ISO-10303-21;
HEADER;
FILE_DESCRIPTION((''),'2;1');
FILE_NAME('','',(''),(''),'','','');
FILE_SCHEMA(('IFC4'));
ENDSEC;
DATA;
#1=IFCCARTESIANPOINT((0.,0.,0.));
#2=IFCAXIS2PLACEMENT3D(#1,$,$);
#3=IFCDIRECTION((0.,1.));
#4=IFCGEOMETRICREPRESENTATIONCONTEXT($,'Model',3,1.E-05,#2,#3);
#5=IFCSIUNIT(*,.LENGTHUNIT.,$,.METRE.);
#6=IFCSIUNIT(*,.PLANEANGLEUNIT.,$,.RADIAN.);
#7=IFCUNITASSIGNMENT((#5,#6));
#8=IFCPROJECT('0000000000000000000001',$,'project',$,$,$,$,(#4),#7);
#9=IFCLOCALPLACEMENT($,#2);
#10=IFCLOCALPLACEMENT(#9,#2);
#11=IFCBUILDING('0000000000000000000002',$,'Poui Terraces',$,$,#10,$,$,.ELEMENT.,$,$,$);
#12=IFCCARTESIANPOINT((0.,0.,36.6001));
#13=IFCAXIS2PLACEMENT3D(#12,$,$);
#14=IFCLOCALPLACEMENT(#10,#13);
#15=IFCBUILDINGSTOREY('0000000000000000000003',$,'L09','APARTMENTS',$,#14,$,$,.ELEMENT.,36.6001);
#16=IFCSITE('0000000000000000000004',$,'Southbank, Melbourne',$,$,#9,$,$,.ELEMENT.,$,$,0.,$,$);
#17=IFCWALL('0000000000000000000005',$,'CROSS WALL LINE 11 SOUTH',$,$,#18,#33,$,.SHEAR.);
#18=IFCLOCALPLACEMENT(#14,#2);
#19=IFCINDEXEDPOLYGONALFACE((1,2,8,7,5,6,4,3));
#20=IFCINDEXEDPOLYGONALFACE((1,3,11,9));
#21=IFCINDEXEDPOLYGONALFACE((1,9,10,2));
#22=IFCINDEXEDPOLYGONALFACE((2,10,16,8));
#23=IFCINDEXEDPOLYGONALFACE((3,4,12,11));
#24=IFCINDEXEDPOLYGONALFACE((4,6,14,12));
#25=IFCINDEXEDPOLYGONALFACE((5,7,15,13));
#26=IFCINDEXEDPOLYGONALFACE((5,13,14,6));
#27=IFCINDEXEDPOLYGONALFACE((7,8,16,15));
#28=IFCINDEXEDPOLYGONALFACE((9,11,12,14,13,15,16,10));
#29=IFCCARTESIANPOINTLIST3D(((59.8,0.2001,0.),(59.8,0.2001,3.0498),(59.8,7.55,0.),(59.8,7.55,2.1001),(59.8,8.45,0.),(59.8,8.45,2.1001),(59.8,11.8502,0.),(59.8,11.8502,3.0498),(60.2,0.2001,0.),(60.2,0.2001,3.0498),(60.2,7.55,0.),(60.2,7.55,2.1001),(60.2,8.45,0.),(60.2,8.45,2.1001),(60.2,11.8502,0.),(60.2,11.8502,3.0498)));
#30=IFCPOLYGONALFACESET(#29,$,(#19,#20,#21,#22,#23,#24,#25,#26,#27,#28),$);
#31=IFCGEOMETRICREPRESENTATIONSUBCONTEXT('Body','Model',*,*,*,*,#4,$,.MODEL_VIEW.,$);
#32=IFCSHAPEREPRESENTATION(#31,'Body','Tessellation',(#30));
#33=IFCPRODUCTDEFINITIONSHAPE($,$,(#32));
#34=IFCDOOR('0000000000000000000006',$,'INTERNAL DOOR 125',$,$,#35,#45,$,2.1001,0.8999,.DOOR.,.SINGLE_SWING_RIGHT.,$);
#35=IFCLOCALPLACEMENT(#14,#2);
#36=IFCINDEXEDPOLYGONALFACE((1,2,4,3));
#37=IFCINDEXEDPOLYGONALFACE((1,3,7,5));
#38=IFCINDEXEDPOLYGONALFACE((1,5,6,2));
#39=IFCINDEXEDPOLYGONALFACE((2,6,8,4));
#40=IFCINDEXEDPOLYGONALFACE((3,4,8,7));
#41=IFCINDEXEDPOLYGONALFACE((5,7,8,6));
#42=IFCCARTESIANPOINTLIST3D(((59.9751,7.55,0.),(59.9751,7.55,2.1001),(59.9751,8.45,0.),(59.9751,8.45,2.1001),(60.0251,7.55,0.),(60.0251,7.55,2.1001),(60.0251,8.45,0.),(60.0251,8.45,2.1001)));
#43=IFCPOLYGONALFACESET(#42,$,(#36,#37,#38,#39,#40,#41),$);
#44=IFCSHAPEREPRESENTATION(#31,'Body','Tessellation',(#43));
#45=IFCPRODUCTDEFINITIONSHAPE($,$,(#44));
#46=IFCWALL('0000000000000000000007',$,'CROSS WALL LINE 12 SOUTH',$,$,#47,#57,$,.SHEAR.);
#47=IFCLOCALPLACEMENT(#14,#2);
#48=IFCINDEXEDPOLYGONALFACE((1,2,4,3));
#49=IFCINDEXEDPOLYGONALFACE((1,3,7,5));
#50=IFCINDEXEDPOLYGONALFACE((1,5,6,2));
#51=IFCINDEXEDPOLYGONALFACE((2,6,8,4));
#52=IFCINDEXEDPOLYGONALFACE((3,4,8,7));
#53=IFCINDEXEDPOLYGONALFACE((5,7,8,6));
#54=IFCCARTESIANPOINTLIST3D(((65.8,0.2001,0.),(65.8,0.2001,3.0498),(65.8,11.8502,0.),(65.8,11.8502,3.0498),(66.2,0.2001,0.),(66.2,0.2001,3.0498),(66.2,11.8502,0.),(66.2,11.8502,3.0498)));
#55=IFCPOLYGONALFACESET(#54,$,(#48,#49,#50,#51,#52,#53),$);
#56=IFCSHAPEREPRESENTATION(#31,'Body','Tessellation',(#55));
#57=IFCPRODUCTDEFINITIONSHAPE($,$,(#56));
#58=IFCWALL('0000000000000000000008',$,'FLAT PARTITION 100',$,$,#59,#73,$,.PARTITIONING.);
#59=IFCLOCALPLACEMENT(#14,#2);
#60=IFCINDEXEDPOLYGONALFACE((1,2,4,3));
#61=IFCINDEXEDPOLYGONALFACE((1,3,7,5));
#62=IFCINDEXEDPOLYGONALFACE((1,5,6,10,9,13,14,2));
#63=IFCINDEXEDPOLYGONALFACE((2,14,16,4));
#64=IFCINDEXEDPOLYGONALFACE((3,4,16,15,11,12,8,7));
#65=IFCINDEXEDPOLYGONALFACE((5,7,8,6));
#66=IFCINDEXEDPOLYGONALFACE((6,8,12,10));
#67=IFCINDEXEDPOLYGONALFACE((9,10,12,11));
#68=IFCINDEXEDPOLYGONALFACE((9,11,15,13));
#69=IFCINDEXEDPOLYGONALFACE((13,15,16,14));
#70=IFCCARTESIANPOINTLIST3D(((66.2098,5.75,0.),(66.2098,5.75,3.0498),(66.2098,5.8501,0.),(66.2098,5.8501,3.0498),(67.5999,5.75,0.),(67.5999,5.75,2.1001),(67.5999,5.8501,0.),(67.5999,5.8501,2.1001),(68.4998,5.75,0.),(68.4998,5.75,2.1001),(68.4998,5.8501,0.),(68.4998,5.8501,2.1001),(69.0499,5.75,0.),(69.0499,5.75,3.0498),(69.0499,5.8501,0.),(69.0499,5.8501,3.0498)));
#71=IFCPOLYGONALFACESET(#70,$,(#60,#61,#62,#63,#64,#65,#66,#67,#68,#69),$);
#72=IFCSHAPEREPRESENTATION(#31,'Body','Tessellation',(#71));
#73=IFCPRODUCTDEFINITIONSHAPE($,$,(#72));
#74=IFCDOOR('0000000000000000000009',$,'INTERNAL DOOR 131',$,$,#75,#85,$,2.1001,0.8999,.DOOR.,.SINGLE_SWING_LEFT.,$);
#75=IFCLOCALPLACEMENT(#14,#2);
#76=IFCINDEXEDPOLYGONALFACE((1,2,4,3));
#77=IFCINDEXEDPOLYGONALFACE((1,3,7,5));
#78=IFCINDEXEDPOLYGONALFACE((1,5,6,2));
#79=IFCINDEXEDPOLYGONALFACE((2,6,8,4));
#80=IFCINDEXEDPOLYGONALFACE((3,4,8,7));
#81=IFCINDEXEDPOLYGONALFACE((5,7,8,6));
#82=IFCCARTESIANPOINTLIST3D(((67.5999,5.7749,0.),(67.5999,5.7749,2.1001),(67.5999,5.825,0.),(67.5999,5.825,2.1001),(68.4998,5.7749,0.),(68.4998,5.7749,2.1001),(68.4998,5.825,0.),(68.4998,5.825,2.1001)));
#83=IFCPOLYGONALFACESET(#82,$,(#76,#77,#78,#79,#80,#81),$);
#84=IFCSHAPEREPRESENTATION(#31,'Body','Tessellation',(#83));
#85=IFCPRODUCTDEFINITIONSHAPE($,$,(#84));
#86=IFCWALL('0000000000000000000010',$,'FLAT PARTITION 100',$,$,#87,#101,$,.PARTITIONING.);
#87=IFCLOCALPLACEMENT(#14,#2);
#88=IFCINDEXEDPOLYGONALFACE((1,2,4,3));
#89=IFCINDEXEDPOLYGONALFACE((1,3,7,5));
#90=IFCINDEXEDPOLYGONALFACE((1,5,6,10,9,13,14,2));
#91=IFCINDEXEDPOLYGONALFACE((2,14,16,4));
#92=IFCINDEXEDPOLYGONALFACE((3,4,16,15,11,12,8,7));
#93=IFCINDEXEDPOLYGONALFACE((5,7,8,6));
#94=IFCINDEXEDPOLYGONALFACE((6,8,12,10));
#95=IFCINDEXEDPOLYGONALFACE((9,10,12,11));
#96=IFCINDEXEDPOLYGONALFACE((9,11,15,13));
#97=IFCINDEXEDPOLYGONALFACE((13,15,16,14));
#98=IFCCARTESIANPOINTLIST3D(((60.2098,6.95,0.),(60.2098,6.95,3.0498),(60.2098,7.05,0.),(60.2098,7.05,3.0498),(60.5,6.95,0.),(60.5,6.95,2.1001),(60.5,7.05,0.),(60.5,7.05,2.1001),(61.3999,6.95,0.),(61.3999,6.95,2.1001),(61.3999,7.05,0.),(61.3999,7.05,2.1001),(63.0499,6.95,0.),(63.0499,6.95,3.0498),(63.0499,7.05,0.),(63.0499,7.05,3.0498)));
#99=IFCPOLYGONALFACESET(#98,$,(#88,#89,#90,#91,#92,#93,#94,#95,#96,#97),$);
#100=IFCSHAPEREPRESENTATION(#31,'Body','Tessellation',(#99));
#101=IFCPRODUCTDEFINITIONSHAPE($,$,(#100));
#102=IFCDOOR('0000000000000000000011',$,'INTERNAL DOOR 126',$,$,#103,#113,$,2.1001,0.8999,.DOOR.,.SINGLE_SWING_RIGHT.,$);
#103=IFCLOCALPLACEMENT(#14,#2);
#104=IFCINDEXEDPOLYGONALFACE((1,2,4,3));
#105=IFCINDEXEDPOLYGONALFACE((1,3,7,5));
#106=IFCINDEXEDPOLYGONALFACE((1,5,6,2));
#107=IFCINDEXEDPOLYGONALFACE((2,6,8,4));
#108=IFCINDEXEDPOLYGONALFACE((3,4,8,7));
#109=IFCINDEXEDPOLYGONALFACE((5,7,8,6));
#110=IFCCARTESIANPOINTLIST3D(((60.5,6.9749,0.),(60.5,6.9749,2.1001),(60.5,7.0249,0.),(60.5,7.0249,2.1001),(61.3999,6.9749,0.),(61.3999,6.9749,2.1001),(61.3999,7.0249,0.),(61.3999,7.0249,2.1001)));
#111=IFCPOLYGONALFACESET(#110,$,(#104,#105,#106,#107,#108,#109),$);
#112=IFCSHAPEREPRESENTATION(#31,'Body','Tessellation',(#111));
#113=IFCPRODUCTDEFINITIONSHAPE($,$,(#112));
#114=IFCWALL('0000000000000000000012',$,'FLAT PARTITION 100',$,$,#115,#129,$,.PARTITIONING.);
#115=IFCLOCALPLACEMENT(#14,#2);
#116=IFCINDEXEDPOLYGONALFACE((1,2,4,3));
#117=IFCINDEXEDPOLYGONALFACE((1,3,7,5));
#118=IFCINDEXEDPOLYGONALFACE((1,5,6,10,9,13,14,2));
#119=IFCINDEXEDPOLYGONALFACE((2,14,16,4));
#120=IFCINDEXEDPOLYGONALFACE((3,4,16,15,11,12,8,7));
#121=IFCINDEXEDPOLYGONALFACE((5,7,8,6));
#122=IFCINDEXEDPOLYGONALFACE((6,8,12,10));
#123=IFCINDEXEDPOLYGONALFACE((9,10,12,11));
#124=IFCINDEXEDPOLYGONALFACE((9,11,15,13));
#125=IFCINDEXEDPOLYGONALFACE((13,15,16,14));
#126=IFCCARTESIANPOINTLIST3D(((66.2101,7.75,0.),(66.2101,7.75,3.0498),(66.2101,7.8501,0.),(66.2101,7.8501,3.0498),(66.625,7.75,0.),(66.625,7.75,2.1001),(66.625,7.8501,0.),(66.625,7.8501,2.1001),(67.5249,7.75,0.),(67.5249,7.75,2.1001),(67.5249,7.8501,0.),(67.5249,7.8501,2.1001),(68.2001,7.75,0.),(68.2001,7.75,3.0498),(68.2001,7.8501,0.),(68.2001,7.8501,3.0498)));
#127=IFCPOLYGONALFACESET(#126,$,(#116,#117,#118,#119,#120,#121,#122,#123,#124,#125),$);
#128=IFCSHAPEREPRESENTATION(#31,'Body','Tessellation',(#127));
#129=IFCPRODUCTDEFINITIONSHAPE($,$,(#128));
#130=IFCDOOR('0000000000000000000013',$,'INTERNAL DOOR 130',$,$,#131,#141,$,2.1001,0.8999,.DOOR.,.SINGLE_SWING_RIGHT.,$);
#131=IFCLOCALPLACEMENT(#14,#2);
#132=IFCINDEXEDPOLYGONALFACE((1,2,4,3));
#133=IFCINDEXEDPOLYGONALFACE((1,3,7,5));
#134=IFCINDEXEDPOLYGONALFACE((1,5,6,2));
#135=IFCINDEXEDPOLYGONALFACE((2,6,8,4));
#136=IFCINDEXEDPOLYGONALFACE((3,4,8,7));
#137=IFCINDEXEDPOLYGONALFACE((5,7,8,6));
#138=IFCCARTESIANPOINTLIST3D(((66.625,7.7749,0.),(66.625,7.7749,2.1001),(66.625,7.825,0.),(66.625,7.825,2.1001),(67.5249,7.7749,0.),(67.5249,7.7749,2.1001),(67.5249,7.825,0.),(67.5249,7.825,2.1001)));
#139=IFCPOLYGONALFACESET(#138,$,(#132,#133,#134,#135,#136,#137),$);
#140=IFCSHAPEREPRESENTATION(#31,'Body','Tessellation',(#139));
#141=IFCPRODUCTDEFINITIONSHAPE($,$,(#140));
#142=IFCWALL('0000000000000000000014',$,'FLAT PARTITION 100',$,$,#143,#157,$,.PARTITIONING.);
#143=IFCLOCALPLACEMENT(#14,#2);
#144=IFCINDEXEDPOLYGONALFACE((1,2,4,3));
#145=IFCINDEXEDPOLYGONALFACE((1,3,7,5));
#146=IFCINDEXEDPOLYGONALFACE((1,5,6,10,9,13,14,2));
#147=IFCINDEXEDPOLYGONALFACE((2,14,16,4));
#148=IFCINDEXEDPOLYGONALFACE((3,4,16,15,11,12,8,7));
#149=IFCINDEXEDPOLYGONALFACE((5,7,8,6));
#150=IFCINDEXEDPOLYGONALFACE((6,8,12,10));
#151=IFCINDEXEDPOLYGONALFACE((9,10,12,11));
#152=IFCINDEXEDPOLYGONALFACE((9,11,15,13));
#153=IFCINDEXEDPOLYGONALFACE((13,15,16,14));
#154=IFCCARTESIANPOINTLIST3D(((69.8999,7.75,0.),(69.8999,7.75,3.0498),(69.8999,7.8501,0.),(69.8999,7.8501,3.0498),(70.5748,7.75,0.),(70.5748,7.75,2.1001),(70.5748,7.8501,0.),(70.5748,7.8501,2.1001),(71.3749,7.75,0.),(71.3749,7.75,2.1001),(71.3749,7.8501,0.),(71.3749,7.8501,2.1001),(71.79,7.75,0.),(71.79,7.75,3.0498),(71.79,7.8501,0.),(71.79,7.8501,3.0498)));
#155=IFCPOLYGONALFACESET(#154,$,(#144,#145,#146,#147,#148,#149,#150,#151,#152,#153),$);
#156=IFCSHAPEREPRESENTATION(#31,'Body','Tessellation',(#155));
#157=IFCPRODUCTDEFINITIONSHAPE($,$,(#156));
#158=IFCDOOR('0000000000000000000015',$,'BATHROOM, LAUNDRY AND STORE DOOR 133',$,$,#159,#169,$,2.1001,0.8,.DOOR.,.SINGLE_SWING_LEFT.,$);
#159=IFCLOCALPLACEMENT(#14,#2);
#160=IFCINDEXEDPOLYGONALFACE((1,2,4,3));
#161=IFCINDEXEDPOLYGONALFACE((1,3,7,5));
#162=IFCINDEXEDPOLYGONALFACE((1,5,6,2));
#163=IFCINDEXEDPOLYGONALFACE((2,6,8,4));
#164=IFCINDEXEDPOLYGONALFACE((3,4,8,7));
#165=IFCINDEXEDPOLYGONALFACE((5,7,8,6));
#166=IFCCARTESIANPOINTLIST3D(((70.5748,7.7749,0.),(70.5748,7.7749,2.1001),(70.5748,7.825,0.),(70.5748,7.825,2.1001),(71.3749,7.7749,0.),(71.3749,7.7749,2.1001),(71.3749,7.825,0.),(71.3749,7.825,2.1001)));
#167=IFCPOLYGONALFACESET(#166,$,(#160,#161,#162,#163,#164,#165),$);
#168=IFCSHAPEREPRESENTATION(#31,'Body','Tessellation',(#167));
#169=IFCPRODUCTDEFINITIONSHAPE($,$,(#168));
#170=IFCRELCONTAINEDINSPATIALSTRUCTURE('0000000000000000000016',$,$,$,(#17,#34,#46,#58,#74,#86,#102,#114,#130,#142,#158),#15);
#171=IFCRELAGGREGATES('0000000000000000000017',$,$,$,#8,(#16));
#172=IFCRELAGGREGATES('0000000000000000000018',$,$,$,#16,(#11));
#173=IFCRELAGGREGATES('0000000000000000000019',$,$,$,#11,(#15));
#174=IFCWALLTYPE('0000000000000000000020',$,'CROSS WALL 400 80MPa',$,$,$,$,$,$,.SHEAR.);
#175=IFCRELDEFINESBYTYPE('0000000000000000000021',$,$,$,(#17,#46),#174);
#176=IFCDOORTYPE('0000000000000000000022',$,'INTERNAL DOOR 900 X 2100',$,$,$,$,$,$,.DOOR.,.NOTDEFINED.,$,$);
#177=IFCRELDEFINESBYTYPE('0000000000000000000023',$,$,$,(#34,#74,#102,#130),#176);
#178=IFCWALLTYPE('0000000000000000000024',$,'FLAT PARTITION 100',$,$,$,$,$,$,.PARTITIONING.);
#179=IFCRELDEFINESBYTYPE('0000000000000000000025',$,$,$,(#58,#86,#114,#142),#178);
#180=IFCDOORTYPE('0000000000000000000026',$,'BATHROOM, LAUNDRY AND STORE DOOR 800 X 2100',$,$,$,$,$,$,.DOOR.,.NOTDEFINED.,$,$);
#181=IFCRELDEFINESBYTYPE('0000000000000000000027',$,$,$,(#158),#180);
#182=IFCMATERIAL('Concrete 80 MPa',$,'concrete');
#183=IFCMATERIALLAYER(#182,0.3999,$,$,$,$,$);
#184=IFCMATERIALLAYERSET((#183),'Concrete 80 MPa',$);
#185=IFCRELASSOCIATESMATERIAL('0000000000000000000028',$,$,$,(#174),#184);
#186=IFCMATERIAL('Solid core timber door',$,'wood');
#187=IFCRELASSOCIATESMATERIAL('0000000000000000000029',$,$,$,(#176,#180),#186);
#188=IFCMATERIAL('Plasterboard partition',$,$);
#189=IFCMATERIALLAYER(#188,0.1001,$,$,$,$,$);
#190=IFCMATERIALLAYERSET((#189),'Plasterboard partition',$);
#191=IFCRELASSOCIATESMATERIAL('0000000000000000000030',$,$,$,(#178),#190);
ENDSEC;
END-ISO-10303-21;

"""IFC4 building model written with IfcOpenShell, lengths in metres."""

from ifc_helpers import new_model, si_unit, direction, frame, frame_2d, origin, place, context, subcontext, project, spatial, rectangle, extrude, material, layer, layer_set, type_object, element, fill, save


model = new_model("IFC4")

# Units and contexts
model_context = context("Model", 3, precision=1e-05, world=origin(), true_north=direction((0.0, 1.0)))
body_context = subcontext(model_context, "Body", "Model", "MODEL_VIEW")
ifc_project = project(units=[si_unit("LENGTHUNIT", "METRE"), si_unit("PLANEANGLEUNIT", "RADIAN")], contexts=[model_context])

# Site, building, storey
site_placement = place(None, origin())
site = spatial("IfcSite", under=ifc_project, at=site_placement, Name="Southbank, Melbourne", CompositionType="ELEMENT", RefElevation=0.0)
building_placement = place(site_placement, origin())
building = spatial("IfcBuilding", under=site, at=building_placement, Name="Poui Terraces", CompositionType="ELEMENT")
storey_placement = place(building_placement, frame((0.0, 0.0, 36.6001)))
storey = spatial("IfcBuildingStorey", under=building, at=storey_placement, Name="L09", Description="APARTMENTS", CompositionType="ELEMENT", Elevation=36.6001)

# Wall, opening, door
ifc_material_1 = material(Name="Concrete 80 MPa", Category="concrete")
ifc_layer_1 = layer(ifc_material_1, 0.3999)
ifc_layer_set_1 = layer_set([ifc_layer_1], Name="Concrete 80 MPa")
wall_type_1 = type_object("IfcWallType", Name="CROSS WALL 400 80MPa", PredefinedType="SHEAR", material=ifc_layer_set_1)
wall_1_placement = place(storey_placement, frame((60.0, 0.2, 0.0), z_axis=(0.0, 0.0, 1.0), x_axis=(0.0, 1.0, 0.0)))
wall_1 = element("IfcWall", 1, at=wall_1_placement, inside=storey, type_object=wall_type_1, Name="CROSS WALL LINE 11 SOUTH", PredefinedType="SHEAR", context=body_context, shape_type="SweptSolid", body=[
    extrude(rectangle(XDim=11.6501, YDim=0.3999, at=frame_2d((5.8252, 0.0))), origin(), (0.0, 0.0, 1.0), 3.0498),
])
opening_1_placement = place(wall_1_placement, frame((7.3501, 0.0, 0.0)))
opening_1 = element("IfcOpeningElement", 2, at=opening_1_placement, cuts=wall_1, PredefinedType="OPENING", context=body_context, shape_type="SweptSolid", body=[
    extrude(rectangle(XDim=0.8999, YDim=2.1001, at=frame_2d((0.45, 1.05))), frame((0.0, 0.21, 0.0), z_axis=(0.0, -1.0, 0.0), x_axis=(1.0, 0.0, 0.0)), (0.0, 0.0, 1.0), 0.4199),
])
ifc_material_2 = material(Name="Solid core timber door", Category="wood")
door_type_1 = type_object("IfcDoorType", Name="INTERNAL DOOR 900 X 2100", OperationType="NOTDEFINED", PredefinedType="DOOR", material=ifc_material_2)
door_1_placement = place(opening_1_placement, origin())
door_1 = element("IfcDoor", 3, at=door_1_placement, inside=storey, type_object=door_type_1, Name="INTERNAL DOOR 125", OperationType="SINGLE_SWING_RIGHT", OverallHeight=2.1001, OverallWidth=0.8999, PredefinedType="DOOR", context=body_context, shape_type="SweptSolid", body=[
    extrude(rectangle(XDim=0.8999, YDim=2.1001, at=frame_2d((0.45, 1.05))), frame((0.0, 0.0249, 0.0), z_axis=(0.0, -1.0, 0.0), x_axis=(1.0, 0.0, 0.0)), (0.0, 0.0, 1.0), 0.05),
])
fill(opening_1, door_1)

# Wall
wall_2_placement = place(storey_placement, frame((66.0, 0.2, 0.0), z_axis=(0.0, 0.0, 1.0), x_axis=(0.0, 1.0, 0.0)))
element("IfcWall", 4, at=wall_2_placement, inside=storey, type_object=wall_type_1, Name="CROSS WALL LINE 12 SOUTH", PredefinedType="SHEAR", context=body_context, shape_type="SweptSolid", body=[
    extrude(rectangle(XDim=11.6501, YDim=0.3999, at=frame_2d((5.8252, 0.0))), origin(), (0.0, 0.0, 1.0), 3.0498),
])

# Walls, openings, doors
ifc_material_3 = material(Name="Plasterboard partition")
ifc_layer_2 = layer(ifc_material_3, 0.1001)
ifc_layer_set_2 = layer_set([ifc_layer_2], Name="Plasterboard partition")
wall_type_2 = type_object("IfcWallType", Name="FLAT PARTITION 100", PredefinedType="PARTITIONING", material=ifc_layer_set_2)
wall_3_placement = place(storey_placement, frame((66.21, 5.8, 0.0), z_axis=(0.0, 0.0, 1.0), x_axis=(1.0, 0.0, 0.0)))
wall_3 = element("IfcWall", 5, at=wall_3_placement, inside=storey, type_object=wall_type_2, Name="FLAT PARTITION 100", PredefinedType="PARTITIONING", context=body_context, shape_type="SweptSolid", body=[
    extrude(rectangle(XDim=2.8401, YDim=0.1001, at=frame_2d((1.4199, 0.0))), origin(), (0.0, 0.0, 1.0), 3.0498),
])
opening_2_placement = place(wall_3_placement, frame((1.3899, 0.0, 0.0)))
opening_2 = element("IfcOpeningElement", 6, at=opening_2_placement, cuts=wall_3, PredefinedType="OPENING", context=body_context, shape_type="SweptSolid", body=[
    extrude(rectangle(XDim=0.8999, YDim=2.1001, at=frame_2d((0.45, 1.05))), frame((0.0, 0.0601, 0.0), z_axis=(0.0, -1.0, 0.0), x_axis=(1.0, 0.0, 0.0)), (0.0, 0.0, 1.0), 0.1201),
])
door_2_placement = place(opening_2_placement, origin())
door_2 = element("IfcDoor", 7, at=door_2_placement, inside=storey, type_object=door_type_1, Name="INTERNAL DOOR 131", OperationType="SINGLE_SWING_LEFT", OverallHeight=2.1001, OverallWidth=0.8999, PredefinedType="DOOR", context=body_context, shape_type="SweptSolid", body=[
    extrude(rectangle(XDim=0.8999, YDim=2.1001, at=frame_2d((0.45, 1.05))), frame((0.0, 0.0249, 0.0), z_axis=(0.0, -1.0, 0.0), x_axis=(1.0, 0.0, 0.0)), (0.0, 0.0, 1.0), 0.05),
])
fill(opening_2, door_2)
wall_4_placement = place(storey_placement, frame((60.21, 7.0, 0.0), z_axis=(0.0, 0.0, 1.0), x_axis=(1.0, 0.0, 0.0)))
wall_4 = element("IfcWall", 8, at=wall_4_placement, inside=storey, type_object=wall_type_2, Name="FLAT PARTITION 100", PredefinedType="PARTITIONING", context=body_context, shape_type="SweptSolid", body=[
    extrude(rectangle(XDim=2.8401, YDim=0.1001, at=frame_2d((1.4199, 0.0))), origin(), (0.0, 0.0, 1.0), 3.0498),
])
opening_3_placement = place(wall_4_placement, frame((0.29, 0.0, 0.0)))
opening_3 = element("IfcOpeningElement", 9, at=opening_3_placement, cuts=wall_4, PredefinedType="OPENING", context=body_context, shape_type="SweptSolid", body=[
    extrude(rectangle(XDim=0.8999, YDim=2.1001, at=frame_2d((0.45, 1.05))), frame((0.0, 0.0601, 0.0), z_axis=(0.0, -1.0, 0.0), x_axis=(1.0, 0.0, 0.0)), (0.0, 0.0, 1.0), 0.1201),
])
door_3_placement = place(opening_3_placement, origin())
door_3 = element("IfcDoor", 10, at=door_3_placement, inside=storey, type_object=door_type_1, Name="INTERNAL DOOR 126", OperationType="SINGLE_SWING_RIGHT", OverallHeight=2.1001, OverallWidth=0.8999, PredefinedType="DOOR", context=body_context, shape_type="SweptSolid", body=[
    extrude(rectangle(XDim=0.8999, YDim=2.1001, at=frame_2d((0.45, 1.05))), frame((0.0, 0.0249, 0.0), z_axis=(0.0, -1.0, 0.0), x_axis=(1.0, 0.0, 0.0)), (0.0, 0.0, 1.0), 0.05),
])
fill(opening_3, door_3)
wall_5_placement = place(storey_placement, frame((66.21, 7.8, 0.0), z_axis=(0.0, 0.0, 1.0), x_axis=(1.0, 0.0, 0.0)))
wall_5 = element("IfcWall", 11, at=wall_5_placement, inside=storey, type_object=wall_type_2, Name="FLAT PARTITION 100", PredefinedType="PARTITIONING", context=body_context, shape_type="SweptSolid", body=[
    extrude(rectangle(XDim=1.99, YDim=0.1001, at=frame_2d((0.9951, 0.0))), origin(), (0.0, 0.0, 1.0), 3.0498),
])
opening_4_placement = place(wall_5_placement, frame((0.415, 0.0, 0.0)))
opening_4 = element("IfcOpeningElement", 12, at=opening_4_placement, cuts=wall_5, PredefinedType="OPENING", context=body_context, shape_type="SweptSolid", body=[
    extrude(rectangle(XDim=0.8999, YDim=2.1001, at=frame_2d((0.45, 1.05))), frame((0.0, 0.0601, 0.0), z_axis=(0.0, -1.0, 0.0), x_axis=(1.0, 0.0, 0.0)), (0.0, 0.0, 1.0), 0.1201),
])
door_4_placement = place(opening_4_placement, origin())
door_4 = element("IfcDoor", 13, at=door_4_placement, inside=storey, type_object=door_type_1, Name="INTERNAL DOOR 130", OperationType="SINGLE_SWING_RIGHT", OverallHeight=2.1001, OverallWidth=0.8999, PredefinedType="DOOR", context=body_context, shape_type="SweptSolid", body=[
    extrude(rectangle(XDim=0.8999, YDim=2.1001, at=frame_2d((0.45, 1.05))), frame((0.0, 0.0249, 0.0), z_axis=(0.0, -1.0, 0.0), x_axis=(1.0, 0.0, 0.0)), (0.0, 0.0, 1.0), 0.05),
])
fill(opening_4, door_4)
wall_6_placement = place(storey_placement, frame((69.8999, 7.8, 0.0), z_axis=(0.0, 0.0, 1.0), x_axis=(1.0, 0.0, 0.0)))
wall_6 = element("IfcWall", 14, at=wall_6_placement, inside=storey, type_object=wall_type_2, Name="FLAT PARTITION 100", PredefinedType="PARTITIONING", context=body_context, shape_type="SweptSolid", body=[
    extrude(rectangle(XDim=1.8901, YDim=0.1001, at=frame_2d((0.9451, 0.0))), origin(), (0.0, 0.0, 1.0), 3.0498),
])
opening_5_placement = place(wall_6_placement, frame((0.675, 0.0, 0.0)))
opening_5 = element("IfcOpeningElement", 15, at=opening_5_placement, cuts=wall_6, PredefinedType="OPENING", context=body_context, shape_type="SweptSolid", body=[
    extrude(rectangle(XDim=0.8, YDim=2.1001, at=frame_2d((0.3999, 1.05))), frame((0.0, 0.0601, 0.0), z_axis=(0.0, -1.0, 0.0), x_axis=(1.0, 0.0, 0.0)), (0.0, 0.0, 1.0), 0.1201),
])
door_type_2 = type_object("IfcDoorType", Name="BATHROOM, LAUNDRY AND STORE DOOR 800 X 2100", OperationType="NOTDEFINED", PredefinedType="DOOR", material=ifc_material_2)
door_5_placement = place(opening_5_placement, origin())
door_5 = element("IfcDoor", 16, at=door_5_placement, inside=storey, type_object=door_type_2, Name="BATHROOM, LAUNDRY AND STORE DOOR 133", OperationType="SINGLE_SWING_LEFT", OverallHeight=2.1001, OverallWidth=0.8, PredefinedType="DOOR", context=body_context, shape_type="SweptSolid", body=[
    extrude(rectangle(XDim=0.8, YDim=2.1001, at=frame_2d((0.3999, 1.05))), frame((0.0, 0.0249, 0.0), z_axis=(0.0, -1.0, 0.0), x_axis=(1.0, 0.0, 0.0)), (0.0, 0.0, 1.0), 0.05),
])
fill(opening_5, door_5)

save(model, "model.ifc")
